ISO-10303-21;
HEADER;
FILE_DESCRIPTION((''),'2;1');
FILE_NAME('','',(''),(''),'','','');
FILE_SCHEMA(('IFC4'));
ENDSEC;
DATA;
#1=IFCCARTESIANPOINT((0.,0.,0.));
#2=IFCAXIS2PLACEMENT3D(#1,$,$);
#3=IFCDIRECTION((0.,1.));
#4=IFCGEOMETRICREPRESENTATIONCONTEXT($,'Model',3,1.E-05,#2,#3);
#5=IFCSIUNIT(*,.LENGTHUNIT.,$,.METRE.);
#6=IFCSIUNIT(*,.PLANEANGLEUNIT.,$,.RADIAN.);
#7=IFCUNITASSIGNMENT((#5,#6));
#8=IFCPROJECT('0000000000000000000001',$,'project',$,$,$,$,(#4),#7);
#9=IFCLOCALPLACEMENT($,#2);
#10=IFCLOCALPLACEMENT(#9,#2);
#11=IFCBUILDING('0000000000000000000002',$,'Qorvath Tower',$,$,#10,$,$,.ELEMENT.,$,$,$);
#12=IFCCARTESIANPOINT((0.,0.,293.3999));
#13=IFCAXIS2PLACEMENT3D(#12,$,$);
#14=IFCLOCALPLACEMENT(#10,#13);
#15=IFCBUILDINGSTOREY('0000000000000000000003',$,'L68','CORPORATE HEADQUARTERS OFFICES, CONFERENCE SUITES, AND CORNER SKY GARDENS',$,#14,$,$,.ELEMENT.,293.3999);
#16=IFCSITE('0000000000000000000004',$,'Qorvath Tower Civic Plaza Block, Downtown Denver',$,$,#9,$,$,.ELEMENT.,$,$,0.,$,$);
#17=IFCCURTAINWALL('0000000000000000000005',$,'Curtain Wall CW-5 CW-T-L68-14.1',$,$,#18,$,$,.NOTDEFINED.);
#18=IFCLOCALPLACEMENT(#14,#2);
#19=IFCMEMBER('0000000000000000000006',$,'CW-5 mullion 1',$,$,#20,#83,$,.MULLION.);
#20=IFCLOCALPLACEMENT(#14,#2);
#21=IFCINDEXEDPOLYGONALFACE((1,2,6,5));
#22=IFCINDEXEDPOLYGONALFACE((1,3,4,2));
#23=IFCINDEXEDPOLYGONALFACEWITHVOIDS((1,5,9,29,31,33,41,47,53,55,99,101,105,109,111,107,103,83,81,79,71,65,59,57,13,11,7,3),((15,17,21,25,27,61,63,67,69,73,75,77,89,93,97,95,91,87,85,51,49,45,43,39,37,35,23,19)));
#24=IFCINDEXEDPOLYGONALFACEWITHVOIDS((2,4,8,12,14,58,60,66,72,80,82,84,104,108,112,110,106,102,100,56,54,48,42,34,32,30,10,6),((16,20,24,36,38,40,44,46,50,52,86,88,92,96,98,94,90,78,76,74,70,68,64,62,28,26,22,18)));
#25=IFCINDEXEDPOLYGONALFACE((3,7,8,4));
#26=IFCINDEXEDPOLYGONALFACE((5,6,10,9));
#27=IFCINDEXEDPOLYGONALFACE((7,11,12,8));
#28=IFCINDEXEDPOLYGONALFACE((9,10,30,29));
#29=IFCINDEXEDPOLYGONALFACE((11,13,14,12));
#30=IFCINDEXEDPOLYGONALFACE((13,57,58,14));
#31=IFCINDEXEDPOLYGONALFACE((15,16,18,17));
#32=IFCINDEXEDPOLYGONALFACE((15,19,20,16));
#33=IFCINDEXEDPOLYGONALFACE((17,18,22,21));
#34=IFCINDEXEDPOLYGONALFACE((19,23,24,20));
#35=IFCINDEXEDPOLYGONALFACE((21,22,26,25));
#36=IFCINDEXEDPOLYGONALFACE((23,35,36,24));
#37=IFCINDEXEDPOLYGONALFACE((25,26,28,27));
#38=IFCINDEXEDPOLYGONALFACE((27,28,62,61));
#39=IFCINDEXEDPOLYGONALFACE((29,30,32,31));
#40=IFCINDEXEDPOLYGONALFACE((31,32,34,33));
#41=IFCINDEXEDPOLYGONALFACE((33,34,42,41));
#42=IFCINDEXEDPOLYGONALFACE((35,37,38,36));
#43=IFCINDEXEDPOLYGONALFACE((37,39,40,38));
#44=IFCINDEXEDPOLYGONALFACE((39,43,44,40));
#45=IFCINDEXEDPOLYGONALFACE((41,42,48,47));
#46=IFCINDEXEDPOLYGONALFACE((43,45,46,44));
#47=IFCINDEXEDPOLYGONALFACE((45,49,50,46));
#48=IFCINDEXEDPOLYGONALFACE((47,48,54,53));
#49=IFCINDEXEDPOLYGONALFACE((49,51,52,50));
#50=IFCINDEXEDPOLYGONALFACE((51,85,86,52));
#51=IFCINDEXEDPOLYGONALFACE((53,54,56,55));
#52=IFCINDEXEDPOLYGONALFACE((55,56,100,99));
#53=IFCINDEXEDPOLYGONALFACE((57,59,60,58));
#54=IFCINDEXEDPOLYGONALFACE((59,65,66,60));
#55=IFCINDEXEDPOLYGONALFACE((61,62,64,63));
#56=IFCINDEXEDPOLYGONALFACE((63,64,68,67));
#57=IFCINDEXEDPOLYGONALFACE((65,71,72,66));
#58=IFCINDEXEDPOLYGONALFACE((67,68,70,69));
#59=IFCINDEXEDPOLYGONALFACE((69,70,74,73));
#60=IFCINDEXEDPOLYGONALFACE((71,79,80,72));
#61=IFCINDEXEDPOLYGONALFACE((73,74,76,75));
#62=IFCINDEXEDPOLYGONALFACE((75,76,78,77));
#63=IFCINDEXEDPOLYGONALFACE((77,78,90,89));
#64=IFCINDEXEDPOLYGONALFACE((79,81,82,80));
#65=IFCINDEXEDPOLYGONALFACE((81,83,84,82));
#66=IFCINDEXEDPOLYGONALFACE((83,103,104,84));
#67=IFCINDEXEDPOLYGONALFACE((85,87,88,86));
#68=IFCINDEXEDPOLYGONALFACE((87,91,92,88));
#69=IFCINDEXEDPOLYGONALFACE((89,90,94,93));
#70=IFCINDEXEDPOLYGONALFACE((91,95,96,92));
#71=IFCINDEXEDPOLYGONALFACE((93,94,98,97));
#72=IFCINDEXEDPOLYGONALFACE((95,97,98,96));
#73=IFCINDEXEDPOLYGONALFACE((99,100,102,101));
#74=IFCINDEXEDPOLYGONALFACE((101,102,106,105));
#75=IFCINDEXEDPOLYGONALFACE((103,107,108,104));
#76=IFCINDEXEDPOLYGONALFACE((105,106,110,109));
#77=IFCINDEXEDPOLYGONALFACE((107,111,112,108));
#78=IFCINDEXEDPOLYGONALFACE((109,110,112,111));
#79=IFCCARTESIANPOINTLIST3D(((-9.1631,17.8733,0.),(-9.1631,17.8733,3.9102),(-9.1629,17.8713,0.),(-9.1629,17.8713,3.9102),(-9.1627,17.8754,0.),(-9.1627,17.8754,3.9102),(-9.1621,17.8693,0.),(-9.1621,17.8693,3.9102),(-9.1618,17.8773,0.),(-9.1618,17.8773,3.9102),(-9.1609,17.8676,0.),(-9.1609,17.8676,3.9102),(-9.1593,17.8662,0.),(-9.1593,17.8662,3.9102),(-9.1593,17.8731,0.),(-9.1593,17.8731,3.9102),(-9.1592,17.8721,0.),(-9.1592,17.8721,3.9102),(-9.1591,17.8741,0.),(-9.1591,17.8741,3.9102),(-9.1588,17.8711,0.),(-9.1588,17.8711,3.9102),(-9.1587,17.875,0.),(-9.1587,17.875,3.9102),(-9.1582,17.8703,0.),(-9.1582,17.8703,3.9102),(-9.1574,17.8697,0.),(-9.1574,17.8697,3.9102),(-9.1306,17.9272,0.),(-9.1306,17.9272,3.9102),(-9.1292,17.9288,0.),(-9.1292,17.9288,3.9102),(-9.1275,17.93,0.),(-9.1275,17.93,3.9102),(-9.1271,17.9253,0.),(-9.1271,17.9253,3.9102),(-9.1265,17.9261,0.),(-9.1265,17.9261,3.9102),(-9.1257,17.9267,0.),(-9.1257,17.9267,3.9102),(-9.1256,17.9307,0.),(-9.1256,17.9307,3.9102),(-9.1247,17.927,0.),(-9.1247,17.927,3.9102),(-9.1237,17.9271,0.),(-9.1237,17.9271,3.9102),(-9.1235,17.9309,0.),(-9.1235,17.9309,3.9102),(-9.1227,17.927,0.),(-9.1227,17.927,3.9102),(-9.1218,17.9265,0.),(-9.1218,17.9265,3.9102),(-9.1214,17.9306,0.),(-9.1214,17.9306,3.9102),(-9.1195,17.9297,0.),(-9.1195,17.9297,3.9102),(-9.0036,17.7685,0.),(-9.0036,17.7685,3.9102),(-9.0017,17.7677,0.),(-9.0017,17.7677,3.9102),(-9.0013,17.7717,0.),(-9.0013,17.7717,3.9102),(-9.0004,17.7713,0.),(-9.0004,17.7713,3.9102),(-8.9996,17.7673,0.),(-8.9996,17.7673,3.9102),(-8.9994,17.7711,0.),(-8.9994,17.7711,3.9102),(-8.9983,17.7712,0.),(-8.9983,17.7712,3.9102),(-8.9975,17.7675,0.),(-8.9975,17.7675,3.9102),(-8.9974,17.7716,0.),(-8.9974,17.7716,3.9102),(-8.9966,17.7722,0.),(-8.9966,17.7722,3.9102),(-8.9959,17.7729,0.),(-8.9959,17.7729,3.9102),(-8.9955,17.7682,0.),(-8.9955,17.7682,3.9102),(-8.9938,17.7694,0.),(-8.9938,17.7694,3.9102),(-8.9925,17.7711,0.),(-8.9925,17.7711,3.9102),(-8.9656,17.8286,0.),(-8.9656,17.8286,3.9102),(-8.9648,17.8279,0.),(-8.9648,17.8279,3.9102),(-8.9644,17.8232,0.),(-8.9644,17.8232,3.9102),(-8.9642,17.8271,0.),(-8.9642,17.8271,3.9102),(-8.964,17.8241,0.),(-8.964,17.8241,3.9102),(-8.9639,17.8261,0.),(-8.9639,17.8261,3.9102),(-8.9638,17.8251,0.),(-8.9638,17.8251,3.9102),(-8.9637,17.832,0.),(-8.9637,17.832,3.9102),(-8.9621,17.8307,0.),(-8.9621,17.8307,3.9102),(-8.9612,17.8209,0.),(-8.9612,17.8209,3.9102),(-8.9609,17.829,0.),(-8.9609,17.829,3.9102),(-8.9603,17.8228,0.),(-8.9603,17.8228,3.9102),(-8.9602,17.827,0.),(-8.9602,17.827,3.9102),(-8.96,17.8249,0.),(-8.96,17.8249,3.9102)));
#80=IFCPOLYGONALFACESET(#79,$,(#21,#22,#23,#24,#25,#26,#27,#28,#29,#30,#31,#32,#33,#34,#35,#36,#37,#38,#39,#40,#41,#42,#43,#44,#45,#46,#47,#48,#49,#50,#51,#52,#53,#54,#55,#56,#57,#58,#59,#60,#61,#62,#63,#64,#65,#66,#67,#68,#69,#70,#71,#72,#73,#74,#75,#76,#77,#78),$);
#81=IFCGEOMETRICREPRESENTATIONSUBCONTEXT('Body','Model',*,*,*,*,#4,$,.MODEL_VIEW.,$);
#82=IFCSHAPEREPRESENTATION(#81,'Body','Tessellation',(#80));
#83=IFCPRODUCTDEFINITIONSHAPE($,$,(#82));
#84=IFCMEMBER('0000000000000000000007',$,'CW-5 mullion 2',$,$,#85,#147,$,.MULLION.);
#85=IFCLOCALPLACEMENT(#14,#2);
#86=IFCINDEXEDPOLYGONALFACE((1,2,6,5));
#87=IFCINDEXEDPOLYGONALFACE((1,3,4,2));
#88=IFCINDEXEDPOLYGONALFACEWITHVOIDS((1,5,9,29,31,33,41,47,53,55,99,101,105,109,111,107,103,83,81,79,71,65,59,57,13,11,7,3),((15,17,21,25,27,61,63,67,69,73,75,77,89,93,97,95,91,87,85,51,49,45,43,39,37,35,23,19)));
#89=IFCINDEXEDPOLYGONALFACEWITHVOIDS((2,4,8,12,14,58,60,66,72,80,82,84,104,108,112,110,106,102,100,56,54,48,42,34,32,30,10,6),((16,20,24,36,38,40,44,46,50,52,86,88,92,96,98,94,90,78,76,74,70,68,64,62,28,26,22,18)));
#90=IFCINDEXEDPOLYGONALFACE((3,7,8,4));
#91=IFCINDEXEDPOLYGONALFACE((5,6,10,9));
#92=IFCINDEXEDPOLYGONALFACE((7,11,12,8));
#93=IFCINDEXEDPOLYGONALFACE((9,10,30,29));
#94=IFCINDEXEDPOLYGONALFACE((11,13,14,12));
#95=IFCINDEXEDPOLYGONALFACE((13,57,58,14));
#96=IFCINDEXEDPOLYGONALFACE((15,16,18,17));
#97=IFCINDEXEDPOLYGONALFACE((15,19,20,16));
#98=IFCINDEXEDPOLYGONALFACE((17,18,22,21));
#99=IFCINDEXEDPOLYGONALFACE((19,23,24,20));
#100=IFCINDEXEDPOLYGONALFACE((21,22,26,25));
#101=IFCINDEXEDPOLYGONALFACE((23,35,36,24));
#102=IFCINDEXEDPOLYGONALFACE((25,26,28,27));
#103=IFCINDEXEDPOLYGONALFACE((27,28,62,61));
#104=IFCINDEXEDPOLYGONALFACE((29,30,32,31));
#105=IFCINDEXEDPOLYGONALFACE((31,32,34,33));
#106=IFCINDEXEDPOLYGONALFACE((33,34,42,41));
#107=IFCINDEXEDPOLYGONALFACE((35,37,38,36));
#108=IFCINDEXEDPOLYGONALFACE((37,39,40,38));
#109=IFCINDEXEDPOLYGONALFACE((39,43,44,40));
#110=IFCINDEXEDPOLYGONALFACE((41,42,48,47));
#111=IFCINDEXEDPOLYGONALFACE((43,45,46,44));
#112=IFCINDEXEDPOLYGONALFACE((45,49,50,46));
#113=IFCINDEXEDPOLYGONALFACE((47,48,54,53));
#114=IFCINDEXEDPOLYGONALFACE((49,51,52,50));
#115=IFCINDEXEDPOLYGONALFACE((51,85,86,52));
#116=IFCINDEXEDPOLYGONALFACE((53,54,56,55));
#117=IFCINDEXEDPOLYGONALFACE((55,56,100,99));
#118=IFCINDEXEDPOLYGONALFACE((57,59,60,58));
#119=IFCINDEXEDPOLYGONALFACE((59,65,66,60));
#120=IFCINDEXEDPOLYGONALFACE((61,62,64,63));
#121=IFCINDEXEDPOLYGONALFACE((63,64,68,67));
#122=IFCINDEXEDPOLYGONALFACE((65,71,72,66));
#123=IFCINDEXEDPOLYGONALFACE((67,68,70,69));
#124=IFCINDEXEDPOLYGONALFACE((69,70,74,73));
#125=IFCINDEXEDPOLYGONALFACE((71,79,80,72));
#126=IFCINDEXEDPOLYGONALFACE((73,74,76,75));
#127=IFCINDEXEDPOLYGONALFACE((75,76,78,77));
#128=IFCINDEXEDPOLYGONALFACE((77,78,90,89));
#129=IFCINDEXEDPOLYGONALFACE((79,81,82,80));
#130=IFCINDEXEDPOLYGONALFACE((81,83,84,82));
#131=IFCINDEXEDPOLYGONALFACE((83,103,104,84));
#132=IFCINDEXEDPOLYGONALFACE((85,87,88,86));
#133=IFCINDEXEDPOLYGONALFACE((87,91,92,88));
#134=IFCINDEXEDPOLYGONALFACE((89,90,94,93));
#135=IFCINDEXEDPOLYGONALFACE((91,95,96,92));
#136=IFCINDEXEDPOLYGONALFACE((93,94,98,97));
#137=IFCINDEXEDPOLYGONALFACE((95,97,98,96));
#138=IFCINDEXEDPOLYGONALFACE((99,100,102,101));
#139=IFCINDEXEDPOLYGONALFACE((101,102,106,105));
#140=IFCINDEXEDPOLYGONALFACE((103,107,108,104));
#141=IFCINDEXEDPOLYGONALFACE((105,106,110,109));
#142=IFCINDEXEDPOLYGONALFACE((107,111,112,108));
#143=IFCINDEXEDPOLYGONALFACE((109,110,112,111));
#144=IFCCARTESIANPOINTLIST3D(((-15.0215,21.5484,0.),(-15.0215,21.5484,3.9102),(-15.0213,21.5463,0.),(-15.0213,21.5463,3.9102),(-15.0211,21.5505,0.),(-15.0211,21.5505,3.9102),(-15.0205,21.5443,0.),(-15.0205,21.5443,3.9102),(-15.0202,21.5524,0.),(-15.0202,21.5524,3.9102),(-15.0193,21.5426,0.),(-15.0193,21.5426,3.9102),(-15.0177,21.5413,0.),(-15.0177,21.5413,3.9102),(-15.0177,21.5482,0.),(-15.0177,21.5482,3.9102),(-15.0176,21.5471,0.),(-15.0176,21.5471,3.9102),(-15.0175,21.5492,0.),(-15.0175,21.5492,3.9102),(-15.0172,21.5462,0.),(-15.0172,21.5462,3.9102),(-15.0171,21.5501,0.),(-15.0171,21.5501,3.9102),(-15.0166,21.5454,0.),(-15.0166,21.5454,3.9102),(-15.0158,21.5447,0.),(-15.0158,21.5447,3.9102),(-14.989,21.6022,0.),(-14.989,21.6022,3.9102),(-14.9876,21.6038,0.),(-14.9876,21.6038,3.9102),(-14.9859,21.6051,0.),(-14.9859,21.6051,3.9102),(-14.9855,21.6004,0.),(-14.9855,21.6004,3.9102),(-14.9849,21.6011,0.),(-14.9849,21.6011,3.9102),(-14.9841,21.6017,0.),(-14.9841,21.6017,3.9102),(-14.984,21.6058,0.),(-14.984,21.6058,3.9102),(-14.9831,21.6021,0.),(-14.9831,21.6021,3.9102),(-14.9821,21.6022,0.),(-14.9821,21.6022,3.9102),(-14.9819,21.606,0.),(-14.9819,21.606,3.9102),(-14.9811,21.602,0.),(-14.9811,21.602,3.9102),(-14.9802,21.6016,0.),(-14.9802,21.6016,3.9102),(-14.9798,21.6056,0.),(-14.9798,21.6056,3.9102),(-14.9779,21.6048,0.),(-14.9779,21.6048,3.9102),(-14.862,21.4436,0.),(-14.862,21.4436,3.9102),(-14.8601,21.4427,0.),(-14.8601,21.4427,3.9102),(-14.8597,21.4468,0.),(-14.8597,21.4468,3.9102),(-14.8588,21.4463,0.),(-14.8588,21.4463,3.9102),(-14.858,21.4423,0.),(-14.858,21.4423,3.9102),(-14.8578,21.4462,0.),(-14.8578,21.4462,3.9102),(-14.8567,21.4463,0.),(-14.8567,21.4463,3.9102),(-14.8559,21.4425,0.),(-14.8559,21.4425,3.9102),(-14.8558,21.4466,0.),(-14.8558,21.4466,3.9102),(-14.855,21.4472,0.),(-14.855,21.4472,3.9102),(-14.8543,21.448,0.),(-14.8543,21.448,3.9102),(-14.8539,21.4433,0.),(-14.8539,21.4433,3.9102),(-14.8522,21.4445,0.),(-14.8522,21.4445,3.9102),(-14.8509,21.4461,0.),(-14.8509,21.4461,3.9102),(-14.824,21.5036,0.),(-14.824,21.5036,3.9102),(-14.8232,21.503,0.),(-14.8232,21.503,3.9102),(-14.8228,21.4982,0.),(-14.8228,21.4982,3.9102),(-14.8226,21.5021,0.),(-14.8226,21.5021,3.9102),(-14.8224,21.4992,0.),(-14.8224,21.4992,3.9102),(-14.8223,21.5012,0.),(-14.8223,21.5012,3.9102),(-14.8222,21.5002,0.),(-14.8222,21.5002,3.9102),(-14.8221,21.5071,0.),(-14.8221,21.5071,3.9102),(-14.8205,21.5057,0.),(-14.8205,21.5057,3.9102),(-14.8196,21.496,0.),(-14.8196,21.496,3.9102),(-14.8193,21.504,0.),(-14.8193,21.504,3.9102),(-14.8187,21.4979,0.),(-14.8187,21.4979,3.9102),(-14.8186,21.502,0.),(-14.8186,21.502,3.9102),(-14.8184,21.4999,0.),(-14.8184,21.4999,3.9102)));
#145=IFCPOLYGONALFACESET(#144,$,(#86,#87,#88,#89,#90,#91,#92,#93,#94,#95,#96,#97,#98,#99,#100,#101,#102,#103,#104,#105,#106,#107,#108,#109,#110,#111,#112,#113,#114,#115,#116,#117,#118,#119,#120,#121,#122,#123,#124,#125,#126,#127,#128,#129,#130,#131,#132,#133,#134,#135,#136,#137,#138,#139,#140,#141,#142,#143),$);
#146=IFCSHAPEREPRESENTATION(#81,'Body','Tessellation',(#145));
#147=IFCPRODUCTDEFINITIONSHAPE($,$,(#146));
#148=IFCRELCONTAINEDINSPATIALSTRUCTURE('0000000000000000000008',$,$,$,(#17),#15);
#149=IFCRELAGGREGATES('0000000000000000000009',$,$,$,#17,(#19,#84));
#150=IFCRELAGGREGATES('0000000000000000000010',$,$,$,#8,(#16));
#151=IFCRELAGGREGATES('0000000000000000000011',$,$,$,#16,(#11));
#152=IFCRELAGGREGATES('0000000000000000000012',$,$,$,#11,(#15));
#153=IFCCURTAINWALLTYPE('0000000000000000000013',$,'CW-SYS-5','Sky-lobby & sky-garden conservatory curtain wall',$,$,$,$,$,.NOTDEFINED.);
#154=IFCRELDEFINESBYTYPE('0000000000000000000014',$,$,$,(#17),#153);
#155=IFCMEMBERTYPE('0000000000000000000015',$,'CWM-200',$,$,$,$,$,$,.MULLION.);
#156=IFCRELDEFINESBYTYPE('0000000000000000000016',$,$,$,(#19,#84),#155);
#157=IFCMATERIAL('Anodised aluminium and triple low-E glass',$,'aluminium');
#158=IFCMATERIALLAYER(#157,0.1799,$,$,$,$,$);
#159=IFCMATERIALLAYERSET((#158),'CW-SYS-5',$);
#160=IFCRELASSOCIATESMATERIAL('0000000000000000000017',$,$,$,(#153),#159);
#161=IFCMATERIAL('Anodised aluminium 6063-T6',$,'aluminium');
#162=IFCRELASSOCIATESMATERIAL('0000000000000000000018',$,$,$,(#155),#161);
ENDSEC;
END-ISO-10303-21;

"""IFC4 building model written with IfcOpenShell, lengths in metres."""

from ifc_helpers import new_model, si_unit, direction, frame, origin, origin_2d, place, context, subcontext, project, spatial, hollow_rectangle, extrude, material, layer, layer_set, material_profile, profile_set, type_object, element, aggregate, save


model = new_model("IFC4")

# Units and contexts
model_context = context("Model", 3, precision=1e-05, world=origin(), true_north=direction((0.0, 1.0)))
body_context = subcontext(model_context, "Body", "Model", "MODEL_VIEW")
ifc_project = project(units=[si_unit("LENGTHUNIT", "METRE"), si_unit("PLANEANGLEUNIT", "RADIAN")], contexts=[model_context])

# Site, building, storey
site_placement = place(None, origin())
site = spatial("IfcSite", under=ifc_project, at=site_placement, Name="Qorvath Tower Civic Plaza Block, Downtown Denver", CompositionType="ELEMENT", RefElevation=0.0)
building_placement = place(site_placement, origin())
building = spatial("IfcBuilding", under=site, at=building_placement, Name="Qorvath Tower", CompositionType="ELEMENT")
storey_placement = place(building_placement, frame((0.0, 0.0, 293.3999)))
storey = spatial("IfcBuildingStorey", under=building, at=storey_placement, Name="L68", Description="CORPORATE HEADQUARTERS OFFICES, CONFERENCE SUITES, AND CORNER SKY GARDENS", CompositionType="ELEMENT", Elevation=293.3999)

# Curtain wall, members
ifc_material_1 = material(Name="Anodised aluminium and triple low-E glass", Category="aluminium")
ifc_layer_1 = layer(ifc_material_1, 0.1799)
ifc_layer_set_1 = layer_set([ifc_layer_1], Name="CW-SYS-5")
curtain_wall_type = type_object("IfcCurtainWallType", Name="CW-SYS-5", Description="Sky-lobby & sky-garden conservatory curtain wall", PredefinedType="NOTDEFINED", material=ifc_layer_set_1)
ifc_material_2 = material(Name="Anodised aluminium 6063-T6", Category="aluminium")
ifc_material_profile_1 = material_profile(ifc_material_2, hollow_rectangle(XDim=0.075, YDim=0.2, WallThickness=0.0039, InnerFilletRadius=0.0039, OuterFilletRadius=0.0081, at=origin_2d()), Name="CWM 200x75")
ifc_profile_set_1 = profile_set([ifc_material_profile_1], Name="Anodised aluminium 6063-T6")
member_type_1 = type_object("IfcMemberType", Name="CWM-200", PredefinedType="MULLION", material=ifc_profile_set_1)
curtain_wall_1_placement = place(storey_placement, origin())
curtain_wall_1 = element("IfcCurtainWall", 1, at=curtain_wall_1_placement, inside=storey, type_object=curtain_wall_type, Name="Curtain Wall CW-5 CW-T-L68-14.1", PredefinedType="NOTDEFINED")
member_1_placement = place(storey_placement, frame((-9.0615, 17.8491, 0.0), z_axis=(0.0, 0.0, 1.0), x_axis=(-0.531429, -0.847103, 0.0)))
member_1 = element("IfcMember", 2, at=member_1_placement, type_object=member_type_1, Name="CW-5 mullion 1", PredefinedType="MULLION", context=body_context, shape_type="SweptSolid", body=[
    extrude(hollow_rectangle(XDim=0.075, YDim=0.2, WallThickness=0.0039, InnerFilletRadius=0.0039, OuterFilletRadius=0.0081, at=origin_2d()), origin(), (0.0, 0.0, 1.0), 3.9102),
])
member_2_placement = place(storey_placement, frame((-14.9199, 21.5242, 0.0), z_axis=(0.0, 0.0, 1.0), x_axis=(-0.531429, -0.847103, 0.0)))
member_2 = element("IfcMember", 3, at=member_2_placement, type_object=member_type_1, Name="CW-5 mullion 2", PredefinedType="MULLION", context=body_context, shape_type="SweptSolid", body=[
    extrude(hollow_rectangle(XDim=0.075, YDim=0.2, WallThickness=0.0039, InnerFilletRadius=0.0039, OuterFilletRadius=0.0081, at=origin_2d()), origin(), (0.0, 0.0, 1.0), 3.9102),
])

aggregate(curtain_wall_1, [member_1, member_2])

save(model, "model.ifc")
